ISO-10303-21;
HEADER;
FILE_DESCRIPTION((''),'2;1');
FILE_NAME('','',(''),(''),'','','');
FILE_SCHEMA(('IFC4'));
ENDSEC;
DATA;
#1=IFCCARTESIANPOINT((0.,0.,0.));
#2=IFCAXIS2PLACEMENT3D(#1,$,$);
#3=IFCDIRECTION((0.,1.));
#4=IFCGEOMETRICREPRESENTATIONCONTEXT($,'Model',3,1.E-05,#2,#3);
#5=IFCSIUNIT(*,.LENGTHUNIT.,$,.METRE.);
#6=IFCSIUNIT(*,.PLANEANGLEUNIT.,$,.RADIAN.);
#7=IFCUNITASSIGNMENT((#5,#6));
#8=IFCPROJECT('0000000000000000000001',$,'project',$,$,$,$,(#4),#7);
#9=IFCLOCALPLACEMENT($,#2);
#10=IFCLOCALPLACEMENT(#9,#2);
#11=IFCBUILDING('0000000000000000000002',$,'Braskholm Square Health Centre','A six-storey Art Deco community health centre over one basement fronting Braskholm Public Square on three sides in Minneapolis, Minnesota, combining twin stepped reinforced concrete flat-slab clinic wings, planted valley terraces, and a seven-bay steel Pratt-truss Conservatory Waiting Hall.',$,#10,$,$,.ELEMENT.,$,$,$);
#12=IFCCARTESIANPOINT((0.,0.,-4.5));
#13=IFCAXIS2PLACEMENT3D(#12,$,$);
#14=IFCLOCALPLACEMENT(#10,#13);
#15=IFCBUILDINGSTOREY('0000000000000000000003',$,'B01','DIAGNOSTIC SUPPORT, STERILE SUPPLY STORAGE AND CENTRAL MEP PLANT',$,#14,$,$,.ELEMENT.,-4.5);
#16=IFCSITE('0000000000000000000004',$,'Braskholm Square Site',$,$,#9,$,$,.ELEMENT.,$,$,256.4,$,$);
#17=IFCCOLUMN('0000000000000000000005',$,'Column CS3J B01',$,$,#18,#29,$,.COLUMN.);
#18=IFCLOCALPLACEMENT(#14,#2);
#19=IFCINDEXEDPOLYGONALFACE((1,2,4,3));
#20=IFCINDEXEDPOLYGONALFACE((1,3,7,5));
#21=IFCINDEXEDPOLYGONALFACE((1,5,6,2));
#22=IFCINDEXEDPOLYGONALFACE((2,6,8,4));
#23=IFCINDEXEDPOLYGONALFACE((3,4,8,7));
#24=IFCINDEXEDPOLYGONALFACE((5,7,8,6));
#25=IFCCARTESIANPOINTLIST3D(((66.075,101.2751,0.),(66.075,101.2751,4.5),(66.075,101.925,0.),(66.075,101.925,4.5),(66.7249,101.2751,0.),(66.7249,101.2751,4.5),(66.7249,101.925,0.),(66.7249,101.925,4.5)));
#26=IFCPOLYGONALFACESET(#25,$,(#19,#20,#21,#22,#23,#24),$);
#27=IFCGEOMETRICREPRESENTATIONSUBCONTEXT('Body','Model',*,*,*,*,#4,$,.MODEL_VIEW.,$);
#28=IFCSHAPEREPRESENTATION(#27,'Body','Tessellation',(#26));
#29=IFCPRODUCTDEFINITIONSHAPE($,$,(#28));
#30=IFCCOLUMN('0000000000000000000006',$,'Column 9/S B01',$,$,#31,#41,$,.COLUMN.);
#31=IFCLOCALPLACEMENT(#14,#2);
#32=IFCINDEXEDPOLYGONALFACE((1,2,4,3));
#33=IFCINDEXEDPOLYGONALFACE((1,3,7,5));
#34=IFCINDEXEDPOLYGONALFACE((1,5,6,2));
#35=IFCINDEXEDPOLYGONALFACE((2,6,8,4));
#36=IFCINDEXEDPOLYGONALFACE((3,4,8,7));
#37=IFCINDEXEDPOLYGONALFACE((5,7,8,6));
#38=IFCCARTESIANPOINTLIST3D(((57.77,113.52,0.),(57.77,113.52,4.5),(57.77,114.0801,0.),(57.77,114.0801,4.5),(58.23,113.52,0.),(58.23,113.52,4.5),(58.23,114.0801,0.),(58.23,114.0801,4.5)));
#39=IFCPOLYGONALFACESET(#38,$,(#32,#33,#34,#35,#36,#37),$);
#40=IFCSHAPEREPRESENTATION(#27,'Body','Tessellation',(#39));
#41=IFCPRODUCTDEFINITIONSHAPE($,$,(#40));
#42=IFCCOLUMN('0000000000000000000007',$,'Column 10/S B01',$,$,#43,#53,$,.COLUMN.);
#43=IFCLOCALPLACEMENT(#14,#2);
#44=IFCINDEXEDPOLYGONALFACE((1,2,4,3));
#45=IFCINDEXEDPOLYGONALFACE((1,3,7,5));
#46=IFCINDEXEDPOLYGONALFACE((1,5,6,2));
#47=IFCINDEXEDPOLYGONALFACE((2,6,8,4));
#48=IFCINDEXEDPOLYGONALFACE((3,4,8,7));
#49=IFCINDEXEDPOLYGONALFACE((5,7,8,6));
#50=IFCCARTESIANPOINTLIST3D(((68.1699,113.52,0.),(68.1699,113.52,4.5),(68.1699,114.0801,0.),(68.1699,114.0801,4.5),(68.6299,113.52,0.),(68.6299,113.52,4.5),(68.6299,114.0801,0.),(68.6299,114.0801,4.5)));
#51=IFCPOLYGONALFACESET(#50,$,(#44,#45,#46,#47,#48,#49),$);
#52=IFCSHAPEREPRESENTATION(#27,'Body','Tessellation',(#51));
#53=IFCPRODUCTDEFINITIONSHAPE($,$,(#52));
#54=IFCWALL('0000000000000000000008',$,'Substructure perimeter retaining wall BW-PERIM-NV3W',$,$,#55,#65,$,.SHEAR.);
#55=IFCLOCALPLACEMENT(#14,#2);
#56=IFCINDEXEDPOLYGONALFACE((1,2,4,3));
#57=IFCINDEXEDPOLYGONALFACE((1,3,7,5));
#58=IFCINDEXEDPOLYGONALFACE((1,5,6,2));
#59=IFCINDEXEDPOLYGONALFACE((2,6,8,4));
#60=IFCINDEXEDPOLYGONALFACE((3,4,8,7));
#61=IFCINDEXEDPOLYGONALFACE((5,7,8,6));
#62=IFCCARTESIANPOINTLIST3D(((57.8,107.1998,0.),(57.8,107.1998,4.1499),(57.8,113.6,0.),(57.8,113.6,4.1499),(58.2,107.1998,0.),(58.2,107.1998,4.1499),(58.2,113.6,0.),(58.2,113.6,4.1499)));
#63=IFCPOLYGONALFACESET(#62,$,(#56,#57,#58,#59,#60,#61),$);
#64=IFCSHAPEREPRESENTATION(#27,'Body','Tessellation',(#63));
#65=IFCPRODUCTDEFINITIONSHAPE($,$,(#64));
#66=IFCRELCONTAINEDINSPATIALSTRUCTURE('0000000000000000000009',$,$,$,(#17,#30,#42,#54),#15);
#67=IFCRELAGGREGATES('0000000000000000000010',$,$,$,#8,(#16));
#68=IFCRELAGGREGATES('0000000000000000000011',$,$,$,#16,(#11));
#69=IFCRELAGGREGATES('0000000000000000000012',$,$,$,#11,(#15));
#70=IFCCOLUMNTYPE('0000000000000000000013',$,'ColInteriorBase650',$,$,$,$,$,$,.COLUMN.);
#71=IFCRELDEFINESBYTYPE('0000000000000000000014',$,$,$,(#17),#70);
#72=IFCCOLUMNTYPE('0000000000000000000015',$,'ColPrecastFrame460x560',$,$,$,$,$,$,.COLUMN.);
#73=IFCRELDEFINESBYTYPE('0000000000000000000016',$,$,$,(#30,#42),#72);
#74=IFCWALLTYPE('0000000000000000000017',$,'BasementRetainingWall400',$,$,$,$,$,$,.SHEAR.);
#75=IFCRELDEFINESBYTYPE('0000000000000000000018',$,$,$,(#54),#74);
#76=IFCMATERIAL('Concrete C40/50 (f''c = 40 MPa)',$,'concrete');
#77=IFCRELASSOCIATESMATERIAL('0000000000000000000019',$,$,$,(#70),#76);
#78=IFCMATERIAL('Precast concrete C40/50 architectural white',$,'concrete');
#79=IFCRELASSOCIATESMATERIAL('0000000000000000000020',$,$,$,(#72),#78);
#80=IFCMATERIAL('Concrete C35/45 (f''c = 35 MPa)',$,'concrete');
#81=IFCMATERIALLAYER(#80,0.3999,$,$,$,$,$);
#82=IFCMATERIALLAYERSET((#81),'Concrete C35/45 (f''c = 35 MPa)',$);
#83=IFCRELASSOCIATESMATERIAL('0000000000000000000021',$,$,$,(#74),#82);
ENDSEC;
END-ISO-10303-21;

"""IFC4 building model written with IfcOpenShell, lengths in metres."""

from ifc_helpers import new_model, si_unit, direction, frame, frame_2d, origin, origin_2d, place, context, subcontext, project, spatial, rectangle, extrude, material, layer, layer_set, material_profile, profile_set, type_object, element, save


model = new_model("IFC4")

# Units and contexts
model_context = context("Model", 3, precision=1e-05, world=origin(), true_north=direction((0.0, 1.0)))
body_context = subcontext(model_context, "Body", "Model", "MODEL_VIEW")
ifc_project = project(units=[si_unit("LENGTHUNIT", "METRE"), si_unit("PLANEANGLEUNIT", "RADIAN")], contexts=[model_context])

# Site, building, storey
site_placement = place(None, origin())
site = spatial("IfcSite", under=ifc_project, at=site_placement, Name="Braskholm Square Site", CompositionType="ELEMENT", RefElevation=256.4)
building_placement = place(site_placement, origin())
building = spatial("IfcBuilding", under=site, at=building_placement, Name="Braskholm Square Health Centre", Description="A six-storey Art Deco community health centre over one basement fronting Braskholm Public Square on three sides in Minneapolis, Minnesota, combining twin stepped reinforced concrete flat-slab clinic wings, planted valley terraces, and a seven-bay steel Pratt-truss Conservatory Waiting Hall.", CompositionType="ELEMENT")
storey_placement = place(building_placement, frame((0.0, 0.0, -4.5)))
storey = spatial("IfcBuildingStorey", under=building, at=storey_placement, Name="B01", Description="DIAGNOSTIC SUPPORT, STERILE SUPPLY STORAGE AND CENTRAL MEP PLANT", CompositionType="ELEMENT", Elevation=-4.5)

# Shared definitions
ifc_material_1 = material(Name="Concrete C40/50 (f'c = 40 MPa)", Category="concrete")

# Columns
ifc_material_profile_1 = material_profile(ifc_material_1, rectangle(XDim=0.6499, YDim=0.6499, at=origin_2d()), Name="RC-650X650")
ifc_profile_set_1 = profile_set([ifc_material_profile_1], Name="Concrete C40/50 (f'c = 40 MPa)")
column_type_1 = type_object("IfcColumnType", Name="ColInteriorBase650", PredefinedType="COLUMN", material=ifc_profile_set_1)
for number, where, z_axis, x_axis, name in (
    (1, (66.3999, 101.6001, 0.0), (0.0, 0.0, 1.0), (1.0, 0.0, 0.0), "Column CS3J B01"),
):
    element("IfcColumn", number, at=place(storey_placement, frame(where, z_axis=z_axis, x_axis=x_axis)), inside=storey, type_object=column_type_1, Name=name, PredefinedType="COLUMN", context=body_context, shape_type="SweptSolid", body=[
        extrude(rectangle(XDim=0.6499, YDim=0.6499, at=origin_2d()), origin(), (0.0, 0.0, 1.0), 4.5),
    ])
ifc_material_2 = material(Name="Precast concrete C40/50 architectural white", Category="concrete")
ifc_material_profile_2 = material_profile(ifc_material_2, rectangle(XDim=0.46, YDim=0.5601, at=origin_2d()), Name="RC-460X560")
ifc_profile_set_2 = profile_set([ifc_material_profile_2], Name="Precast concrete C40/50 architectural white")
column_type_2 = type_object("IfcColumnType", Name="ColPrecastFrame460x560", PredefinedType="COLUMN", material=ifc_profile_set_2)
for number, where, z_axis, x_axis, name in (
    (2, (58.0, 113.8, 0.0), (0.0, 0.0, 1.0), (1.0, 0.0, 0.0), "Column 9/S B01"),
    (3, (68.3999, 113.8, 0.0), (0.0, 0.0, 1.0), (1.0, 0.0, 0.0), "Column 10/S B01"),
):
    element("IfcColumn", number, at=place(storey_placement, frame(where, z_axis=z_axis, x_axis=x_axis)), inside=storey, type_object=column_type_2, Name=name, PredefinedType="COLUMN", context=body_context, shape_type="SweptSolid", body=[
        extrude(rectangle(XDim=0.46, YDim=0.5601, at=origin_2d()), origin(), (0.0, 0.0, 1.0), 4.5),
    ])

# Wall
ifc_material_3 = material(Name="Concrete C35/45 (f'c = 35 MPa)", Category="concrete")
ifc_layer = layer(ifc_material_3, 0.3999)
ifc_layer_set = layer_set([ifc_layer], Name="Concrete C35/45 (f'c = 35 MPa)")
wall_type = type_object("IfcWallType", Name="BasementRetainingWall400", PredefinedType="SHEAR", material=ifc_layer_set)
wall_placement = place(storey_placement, frame((58.0, 113.6001, 0.0), z_axis=(0.0, 0.0, 1.0), x_axis=(0.0, -1.0, 0.0)))
element("IfcWall", 4, at=wall_placement, inside=storey, type_object=wall_type, Name="Substructure perimeter retaining wall BW-PERIM-NV3W", PredefinedType="SHEAR", context=body_context, shape_type="SweptSolid", body=[
    extrude(rectangle(XDim=6.4001, YDim=0.3999, at=frame_2d((3.2002, 0.0))), origin(), (0.0, 0.0, 1.0), 4.1499),
])

save(model, "model.ifc")
